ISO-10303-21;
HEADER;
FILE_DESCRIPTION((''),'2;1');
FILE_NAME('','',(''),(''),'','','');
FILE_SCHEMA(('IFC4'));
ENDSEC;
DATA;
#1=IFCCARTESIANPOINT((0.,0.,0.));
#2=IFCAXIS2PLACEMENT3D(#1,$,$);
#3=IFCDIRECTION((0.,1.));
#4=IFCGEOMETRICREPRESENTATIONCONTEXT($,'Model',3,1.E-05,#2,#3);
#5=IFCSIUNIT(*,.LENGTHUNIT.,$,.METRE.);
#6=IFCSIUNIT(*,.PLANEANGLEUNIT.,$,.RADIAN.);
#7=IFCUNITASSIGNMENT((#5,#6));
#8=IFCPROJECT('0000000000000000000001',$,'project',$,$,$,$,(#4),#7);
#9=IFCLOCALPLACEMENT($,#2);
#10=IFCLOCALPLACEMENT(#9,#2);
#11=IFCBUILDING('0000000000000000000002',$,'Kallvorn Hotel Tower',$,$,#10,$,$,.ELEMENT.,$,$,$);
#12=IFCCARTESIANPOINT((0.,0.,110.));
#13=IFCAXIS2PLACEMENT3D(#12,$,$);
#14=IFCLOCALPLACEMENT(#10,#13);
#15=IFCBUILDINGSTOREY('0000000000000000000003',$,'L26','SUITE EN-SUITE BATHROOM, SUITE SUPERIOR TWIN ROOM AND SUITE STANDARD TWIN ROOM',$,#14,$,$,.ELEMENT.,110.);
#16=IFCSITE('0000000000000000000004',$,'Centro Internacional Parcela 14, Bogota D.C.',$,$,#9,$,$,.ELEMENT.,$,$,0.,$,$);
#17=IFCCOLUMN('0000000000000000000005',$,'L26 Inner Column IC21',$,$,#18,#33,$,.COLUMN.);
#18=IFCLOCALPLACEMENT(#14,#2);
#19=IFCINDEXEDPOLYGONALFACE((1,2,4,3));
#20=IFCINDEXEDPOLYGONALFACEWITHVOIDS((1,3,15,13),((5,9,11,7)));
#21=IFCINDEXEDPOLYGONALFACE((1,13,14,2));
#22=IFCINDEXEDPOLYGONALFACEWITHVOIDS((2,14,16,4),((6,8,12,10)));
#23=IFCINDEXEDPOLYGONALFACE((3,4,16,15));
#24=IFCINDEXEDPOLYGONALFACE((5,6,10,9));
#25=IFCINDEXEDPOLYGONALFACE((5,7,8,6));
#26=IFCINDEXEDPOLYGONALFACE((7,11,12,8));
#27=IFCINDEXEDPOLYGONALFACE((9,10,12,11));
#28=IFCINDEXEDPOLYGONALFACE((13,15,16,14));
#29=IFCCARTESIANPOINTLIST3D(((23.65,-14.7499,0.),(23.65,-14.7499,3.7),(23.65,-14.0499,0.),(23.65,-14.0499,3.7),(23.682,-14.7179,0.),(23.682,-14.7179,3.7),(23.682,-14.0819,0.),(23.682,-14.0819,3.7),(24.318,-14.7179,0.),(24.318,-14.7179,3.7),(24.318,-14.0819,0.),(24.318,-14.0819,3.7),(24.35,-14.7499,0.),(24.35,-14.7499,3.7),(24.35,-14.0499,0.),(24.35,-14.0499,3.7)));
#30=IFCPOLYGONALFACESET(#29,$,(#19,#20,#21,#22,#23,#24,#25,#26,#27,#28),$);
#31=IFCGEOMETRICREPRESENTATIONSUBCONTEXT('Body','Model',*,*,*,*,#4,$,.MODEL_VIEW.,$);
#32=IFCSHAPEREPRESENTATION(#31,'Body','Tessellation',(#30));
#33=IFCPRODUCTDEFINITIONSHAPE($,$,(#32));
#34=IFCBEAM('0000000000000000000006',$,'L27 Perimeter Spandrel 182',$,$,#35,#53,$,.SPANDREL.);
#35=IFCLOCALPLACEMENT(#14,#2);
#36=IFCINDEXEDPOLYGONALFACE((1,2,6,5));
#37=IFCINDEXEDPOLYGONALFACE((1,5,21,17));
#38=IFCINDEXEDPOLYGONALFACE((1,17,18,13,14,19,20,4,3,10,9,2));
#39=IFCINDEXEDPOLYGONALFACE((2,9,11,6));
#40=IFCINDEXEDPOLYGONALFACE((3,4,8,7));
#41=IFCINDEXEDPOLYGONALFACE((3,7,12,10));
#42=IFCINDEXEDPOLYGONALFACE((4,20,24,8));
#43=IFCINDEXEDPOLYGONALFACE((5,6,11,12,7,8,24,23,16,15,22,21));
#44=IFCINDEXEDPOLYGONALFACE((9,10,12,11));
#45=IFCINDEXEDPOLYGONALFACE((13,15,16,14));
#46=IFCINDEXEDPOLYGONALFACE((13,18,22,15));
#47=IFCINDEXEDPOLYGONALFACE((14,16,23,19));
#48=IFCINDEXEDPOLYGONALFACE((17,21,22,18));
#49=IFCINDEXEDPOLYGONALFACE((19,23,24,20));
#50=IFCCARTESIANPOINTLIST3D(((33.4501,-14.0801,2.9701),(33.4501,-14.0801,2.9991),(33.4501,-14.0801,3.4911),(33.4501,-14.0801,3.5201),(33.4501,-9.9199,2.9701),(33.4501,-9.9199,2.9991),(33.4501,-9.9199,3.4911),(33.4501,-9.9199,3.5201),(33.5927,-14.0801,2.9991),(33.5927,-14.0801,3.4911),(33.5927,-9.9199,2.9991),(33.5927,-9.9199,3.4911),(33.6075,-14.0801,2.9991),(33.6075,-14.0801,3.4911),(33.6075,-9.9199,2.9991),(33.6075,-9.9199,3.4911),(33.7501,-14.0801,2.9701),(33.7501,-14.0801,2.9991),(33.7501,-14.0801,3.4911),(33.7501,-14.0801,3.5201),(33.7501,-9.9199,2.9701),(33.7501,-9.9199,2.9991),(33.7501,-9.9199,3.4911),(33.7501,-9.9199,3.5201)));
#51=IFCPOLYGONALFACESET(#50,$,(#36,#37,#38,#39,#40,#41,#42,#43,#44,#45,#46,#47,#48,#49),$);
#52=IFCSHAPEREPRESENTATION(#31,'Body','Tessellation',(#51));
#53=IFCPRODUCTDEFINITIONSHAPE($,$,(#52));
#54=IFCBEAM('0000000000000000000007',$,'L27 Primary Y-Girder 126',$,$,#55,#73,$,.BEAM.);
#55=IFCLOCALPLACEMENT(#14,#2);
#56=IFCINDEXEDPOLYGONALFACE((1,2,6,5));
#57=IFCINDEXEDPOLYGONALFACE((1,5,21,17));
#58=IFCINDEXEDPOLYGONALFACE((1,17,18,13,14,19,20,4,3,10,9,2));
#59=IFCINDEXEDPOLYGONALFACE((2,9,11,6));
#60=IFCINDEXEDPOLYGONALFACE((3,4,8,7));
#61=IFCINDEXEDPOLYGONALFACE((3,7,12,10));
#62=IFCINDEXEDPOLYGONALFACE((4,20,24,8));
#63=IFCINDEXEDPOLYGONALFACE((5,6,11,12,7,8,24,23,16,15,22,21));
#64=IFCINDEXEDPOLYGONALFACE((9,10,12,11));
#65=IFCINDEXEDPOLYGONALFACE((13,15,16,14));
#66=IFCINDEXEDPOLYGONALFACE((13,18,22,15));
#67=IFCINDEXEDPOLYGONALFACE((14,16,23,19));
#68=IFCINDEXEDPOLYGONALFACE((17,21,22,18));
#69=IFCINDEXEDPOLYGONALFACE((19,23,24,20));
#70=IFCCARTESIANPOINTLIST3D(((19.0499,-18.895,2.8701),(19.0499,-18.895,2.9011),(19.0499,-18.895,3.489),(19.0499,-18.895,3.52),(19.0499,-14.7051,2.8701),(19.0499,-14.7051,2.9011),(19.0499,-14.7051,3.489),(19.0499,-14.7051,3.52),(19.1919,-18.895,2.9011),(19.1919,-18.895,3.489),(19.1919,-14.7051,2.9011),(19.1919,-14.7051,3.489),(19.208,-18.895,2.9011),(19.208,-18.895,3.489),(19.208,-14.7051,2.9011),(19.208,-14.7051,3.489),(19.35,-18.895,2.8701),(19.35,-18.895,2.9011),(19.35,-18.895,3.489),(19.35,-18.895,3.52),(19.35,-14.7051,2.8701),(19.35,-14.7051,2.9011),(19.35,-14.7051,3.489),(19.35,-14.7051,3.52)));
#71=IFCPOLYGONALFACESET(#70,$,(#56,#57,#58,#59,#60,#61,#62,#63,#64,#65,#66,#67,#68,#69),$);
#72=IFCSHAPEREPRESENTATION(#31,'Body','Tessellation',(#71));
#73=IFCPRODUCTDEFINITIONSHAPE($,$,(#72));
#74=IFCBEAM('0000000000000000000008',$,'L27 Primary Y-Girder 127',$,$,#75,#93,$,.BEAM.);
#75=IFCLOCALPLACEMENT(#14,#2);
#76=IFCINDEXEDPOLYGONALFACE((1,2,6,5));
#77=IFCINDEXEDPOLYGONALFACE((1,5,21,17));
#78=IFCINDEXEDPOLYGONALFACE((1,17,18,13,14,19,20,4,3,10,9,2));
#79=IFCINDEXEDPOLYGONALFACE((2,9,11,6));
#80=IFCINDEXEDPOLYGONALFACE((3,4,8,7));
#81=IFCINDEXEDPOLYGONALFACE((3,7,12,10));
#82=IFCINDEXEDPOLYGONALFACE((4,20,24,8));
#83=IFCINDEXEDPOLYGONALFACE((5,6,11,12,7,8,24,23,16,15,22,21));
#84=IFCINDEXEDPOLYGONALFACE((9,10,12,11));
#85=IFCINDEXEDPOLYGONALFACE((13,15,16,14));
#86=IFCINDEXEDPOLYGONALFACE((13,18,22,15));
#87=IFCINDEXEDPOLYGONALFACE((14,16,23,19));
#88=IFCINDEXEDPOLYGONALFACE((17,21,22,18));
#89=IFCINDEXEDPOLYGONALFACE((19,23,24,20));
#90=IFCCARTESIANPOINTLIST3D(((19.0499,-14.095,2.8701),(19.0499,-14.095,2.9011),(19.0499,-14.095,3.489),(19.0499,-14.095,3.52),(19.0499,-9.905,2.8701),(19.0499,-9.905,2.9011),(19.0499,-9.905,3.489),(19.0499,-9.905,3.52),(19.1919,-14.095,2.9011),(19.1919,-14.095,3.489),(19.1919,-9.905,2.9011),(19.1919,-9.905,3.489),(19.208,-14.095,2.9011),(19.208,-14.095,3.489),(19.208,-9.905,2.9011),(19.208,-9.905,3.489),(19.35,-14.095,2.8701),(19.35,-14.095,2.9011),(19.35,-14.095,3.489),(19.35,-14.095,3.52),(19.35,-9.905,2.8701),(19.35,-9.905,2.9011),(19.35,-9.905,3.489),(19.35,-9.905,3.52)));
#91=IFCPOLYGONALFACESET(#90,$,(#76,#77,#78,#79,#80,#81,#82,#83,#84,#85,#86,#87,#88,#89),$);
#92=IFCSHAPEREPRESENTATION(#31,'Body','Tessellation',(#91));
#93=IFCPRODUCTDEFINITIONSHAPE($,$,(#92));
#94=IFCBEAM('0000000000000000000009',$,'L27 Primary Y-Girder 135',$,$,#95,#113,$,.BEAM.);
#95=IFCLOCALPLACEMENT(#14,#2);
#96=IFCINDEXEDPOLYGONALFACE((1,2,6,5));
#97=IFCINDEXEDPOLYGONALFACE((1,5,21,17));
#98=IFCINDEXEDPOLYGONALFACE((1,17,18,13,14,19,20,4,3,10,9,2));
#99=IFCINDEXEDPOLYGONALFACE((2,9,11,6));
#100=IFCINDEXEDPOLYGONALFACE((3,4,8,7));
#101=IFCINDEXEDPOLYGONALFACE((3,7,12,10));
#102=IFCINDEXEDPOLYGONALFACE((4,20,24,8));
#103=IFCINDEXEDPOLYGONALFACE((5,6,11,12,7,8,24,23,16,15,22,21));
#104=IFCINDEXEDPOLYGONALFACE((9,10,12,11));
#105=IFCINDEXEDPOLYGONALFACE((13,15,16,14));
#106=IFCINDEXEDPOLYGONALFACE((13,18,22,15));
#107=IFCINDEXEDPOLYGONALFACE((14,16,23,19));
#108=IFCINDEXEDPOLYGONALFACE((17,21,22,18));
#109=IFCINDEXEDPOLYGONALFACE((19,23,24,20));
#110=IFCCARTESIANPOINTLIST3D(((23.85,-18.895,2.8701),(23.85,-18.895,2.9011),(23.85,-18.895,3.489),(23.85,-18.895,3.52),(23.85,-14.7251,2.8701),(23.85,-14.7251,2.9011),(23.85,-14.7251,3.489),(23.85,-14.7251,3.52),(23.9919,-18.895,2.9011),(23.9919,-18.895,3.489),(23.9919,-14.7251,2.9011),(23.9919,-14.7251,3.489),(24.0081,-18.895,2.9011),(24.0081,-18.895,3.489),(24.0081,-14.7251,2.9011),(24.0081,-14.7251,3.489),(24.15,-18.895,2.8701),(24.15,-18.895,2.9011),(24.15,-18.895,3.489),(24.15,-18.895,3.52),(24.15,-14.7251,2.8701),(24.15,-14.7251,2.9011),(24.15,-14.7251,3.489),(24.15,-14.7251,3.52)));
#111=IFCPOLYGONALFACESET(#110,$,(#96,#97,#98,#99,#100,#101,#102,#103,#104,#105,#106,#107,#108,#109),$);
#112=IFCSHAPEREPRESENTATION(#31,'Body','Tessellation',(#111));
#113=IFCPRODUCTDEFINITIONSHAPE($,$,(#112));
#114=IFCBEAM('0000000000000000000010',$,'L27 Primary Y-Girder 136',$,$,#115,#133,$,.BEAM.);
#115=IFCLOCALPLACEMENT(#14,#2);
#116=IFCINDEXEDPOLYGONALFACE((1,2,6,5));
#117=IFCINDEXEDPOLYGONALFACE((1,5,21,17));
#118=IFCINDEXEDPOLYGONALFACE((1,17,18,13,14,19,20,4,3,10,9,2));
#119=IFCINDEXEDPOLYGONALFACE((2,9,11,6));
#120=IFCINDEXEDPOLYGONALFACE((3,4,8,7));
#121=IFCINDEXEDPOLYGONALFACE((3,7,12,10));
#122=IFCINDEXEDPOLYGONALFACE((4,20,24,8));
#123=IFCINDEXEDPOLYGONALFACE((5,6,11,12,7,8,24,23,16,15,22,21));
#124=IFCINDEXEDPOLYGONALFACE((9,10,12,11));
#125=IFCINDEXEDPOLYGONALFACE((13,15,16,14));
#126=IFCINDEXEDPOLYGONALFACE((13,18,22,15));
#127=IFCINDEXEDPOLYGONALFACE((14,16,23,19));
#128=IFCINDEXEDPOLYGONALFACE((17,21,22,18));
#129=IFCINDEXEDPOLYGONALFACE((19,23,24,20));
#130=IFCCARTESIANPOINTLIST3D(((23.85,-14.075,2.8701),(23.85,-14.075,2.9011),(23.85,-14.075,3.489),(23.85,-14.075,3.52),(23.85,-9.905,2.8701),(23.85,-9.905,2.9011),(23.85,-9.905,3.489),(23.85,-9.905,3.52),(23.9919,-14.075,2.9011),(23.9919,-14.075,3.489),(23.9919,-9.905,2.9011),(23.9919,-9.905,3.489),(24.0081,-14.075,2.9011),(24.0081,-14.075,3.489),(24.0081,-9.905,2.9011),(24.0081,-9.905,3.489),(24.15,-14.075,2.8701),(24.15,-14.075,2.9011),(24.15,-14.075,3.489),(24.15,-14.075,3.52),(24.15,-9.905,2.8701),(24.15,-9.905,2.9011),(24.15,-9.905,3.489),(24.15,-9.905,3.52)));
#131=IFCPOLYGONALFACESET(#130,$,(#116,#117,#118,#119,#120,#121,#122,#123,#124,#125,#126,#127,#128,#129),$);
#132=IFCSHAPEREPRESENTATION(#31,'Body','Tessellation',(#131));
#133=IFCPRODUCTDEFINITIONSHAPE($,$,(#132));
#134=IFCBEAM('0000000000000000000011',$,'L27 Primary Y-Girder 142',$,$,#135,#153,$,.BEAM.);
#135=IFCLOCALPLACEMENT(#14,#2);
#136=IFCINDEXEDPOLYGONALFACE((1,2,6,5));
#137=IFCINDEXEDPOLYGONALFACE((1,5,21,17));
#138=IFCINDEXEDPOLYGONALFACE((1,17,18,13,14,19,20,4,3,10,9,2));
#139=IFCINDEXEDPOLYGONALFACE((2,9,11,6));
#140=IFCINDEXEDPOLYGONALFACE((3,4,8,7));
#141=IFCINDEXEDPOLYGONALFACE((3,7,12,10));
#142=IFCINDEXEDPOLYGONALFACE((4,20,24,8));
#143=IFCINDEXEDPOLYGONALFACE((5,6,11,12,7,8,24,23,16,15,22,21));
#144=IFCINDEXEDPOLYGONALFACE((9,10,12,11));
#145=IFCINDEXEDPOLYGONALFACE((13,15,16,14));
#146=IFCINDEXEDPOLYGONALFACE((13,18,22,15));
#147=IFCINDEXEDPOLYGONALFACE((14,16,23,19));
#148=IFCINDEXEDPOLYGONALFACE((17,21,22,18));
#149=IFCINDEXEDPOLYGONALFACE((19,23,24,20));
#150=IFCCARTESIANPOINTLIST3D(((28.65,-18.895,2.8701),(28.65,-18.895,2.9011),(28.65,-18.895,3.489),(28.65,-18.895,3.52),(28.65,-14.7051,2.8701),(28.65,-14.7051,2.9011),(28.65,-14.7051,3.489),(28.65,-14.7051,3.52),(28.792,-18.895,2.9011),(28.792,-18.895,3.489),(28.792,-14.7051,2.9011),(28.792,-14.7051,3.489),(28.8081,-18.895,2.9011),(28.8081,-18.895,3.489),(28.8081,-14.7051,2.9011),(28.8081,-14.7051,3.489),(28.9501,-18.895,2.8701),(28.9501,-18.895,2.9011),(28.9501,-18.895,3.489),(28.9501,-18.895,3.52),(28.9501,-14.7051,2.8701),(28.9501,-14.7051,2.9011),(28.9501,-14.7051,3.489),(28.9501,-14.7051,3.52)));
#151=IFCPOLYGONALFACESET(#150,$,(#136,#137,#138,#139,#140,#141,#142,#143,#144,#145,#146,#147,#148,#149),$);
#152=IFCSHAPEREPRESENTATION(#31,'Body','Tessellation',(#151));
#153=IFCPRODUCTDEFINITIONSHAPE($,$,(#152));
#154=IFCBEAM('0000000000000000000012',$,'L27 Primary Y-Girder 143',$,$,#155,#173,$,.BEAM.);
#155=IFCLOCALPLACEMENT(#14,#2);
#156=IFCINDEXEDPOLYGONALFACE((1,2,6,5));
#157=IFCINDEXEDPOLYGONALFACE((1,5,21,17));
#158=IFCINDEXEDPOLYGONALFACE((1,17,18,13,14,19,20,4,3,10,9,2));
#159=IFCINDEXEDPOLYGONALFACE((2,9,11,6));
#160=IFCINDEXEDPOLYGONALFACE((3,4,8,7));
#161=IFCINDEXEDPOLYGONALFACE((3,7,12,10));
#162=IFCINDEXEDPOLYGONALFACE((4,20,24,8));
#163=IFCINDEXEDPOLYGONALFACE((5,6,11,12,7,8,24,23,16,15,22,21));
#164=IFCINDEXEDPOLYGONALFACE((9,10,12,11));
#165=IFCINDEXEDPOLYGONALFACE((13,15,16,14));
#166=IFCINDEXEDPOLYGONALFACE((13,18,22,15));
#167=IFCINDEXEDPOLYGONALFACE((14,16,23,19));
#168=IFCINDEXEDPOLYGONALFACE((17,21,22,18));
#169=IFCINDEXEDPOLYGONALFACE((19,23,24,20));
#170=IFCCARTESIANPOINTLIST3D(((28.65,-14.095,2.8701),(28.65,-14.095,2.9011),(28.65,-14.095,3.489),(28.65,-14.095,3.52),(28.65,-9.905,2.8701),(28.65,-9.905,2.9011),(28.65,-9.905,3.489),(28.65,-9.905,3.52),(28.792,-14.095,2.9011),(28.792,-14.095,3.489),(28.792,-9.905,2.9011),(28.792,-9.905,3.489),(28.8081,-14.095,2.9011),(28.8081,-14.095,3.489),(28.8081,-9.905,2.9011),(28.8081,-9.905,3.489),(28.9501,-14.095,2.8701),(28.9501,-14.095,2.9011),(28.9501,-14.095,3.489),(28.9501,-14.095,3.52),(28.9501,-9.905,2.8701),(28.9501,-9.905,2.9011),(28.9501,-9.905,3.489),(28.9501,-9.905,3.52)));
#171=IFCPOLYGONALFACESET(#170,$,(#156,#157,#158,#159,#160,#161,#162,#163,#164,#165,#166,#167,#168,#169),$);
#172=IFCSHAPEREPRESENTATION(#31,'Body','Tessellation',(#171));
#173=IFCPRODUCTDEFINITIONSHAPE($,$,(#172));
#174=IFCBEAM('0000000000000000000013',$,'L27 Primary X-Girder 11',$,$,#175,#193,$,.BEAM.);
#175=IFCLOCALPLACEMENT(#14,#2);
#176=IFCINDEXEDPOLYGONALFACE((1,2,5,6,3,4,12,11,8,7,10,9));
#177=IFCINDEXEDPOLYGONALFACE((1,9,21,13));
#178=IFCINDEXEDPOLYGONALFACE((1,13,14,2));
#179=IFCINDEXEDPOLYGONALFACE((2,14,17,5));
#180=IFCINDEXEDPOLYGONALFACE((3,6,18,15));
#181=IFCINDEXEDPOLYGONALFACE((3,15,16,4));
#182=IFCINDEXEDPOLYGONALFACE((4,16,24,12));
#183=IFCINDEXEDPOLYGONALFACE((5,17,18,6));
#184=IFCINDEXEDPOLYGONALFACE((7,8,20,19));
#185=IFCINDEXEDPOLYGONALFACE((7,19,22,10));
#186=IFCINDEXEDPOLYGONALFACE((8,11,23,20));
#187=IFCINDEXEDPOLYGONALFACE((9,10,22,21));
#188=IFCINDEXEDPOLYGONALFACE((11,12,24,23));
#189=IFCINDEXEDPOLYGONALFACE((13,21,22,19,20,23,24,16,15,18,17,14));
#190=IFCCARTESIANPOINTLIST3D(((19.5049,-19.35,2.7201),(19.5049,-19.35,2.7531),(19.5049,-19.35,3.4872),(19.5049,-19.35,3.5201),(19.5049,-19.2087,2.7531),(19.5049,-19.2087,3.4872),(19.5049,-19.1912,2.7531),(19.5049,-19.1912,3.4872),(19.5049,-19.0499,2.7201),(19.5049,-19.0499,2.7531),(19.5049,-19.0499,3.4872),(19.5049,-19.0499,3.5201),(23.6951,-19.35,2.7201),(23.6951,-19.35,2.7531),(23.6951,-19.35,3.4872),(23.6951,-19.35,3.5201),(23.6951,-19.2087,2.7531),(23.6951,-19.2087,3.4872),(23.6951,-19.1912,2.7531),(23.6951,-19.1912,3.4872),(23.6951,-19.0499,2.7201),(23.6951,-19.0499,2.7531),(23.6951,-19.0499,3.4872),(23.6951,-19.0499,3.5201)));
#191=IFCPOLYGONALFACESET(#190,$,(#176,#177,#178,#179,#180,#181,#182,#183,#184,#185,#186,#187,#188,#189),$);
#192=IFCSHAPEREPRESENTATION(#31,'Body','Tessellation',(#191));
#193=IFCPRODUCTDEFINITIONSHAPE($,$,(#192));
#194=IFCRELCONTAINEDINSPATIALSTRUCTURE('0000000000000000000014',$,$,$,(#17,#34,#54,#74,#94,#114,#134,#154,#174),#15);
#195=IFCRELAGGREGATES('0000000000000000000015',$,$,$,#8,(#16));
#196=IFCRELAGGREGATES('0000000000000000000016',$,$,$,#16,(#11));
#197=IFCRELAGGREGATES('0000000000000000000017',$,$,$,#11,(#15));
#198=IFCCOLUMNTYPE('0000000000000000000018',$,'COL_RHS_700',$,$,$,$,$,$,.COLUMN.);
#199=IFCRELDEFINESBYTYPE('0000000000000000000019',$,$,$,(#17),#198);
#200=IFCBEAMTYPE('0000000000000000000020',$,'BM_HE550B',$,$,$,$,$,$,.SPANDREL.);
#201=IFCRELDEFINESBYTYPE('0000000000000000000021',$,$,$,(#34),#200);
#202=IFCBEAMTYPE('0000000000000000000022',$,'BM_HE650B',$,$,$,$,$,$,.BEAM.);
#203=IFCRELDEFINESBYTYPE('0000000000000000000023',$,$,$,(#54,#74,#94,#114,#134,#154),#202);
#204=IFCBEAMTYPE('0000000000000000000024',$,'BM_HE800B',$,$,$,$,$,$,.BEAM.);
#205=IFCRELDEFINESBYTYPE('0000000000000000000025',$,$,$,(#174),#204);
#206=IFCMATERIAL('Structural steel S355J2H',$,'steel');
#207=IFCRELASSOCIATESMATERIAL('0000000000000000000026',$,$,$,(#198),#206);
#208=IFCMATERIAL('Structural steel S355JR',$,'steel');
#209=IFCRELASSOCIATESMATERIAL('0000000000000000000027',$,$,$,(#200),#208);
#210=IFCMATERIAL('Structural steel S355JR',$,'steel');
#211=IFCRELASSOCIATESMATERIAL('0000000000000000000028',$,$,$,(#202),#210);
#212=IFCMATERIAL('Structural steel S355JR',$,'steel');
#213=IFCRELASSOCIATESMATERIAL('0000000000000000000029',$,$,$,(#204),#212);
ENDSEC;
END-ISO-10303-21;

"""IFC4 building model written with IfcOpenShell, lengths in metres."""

from ifc_helpers import new_model, si_unit, direction, frame, origin, origin_2d, place, context, subcontext, project, spatial, hollow_rectangle, i_section, extrude, material, material_profile, profile_set, type_object, element, save


model = new_model("IFC4")

# Units and contexts
model_context = context("Model", 3, precision=1e-05, world=origin(), true_north=direction((0.0, 1.0)))
body_context = subcontext(model_context, "Body", "Model", "MODEL_VIEW")
ifc_project = project(units=[si_unit("LENGTHUNIT", "METRE"), si_unit("PLANEANGLEUNIT", "RADIAN")], contexts=[model_context])

# Site, building, storey
site_placement = place(None, origin())
site = spatial("IfcSite", under=ifc_project, at=site_placement, Name="Centro Internacional Parcela 14, Bogota D.C.", CompositionType="ELEMENT", RefElevation=0.0)
building_placement = place(site_placement, origin())
building = spatial("IfcBuilding", under=site, at=building_placement, Name="Kallvorn Hotel Tower", CompositionType="ELEMENT")
storey_placement = place(building_placement, frame((0.0, 0.0, 110.0)))
storey = spatial("IfcBuildingStorey", under=building, at=storey_placement, Name="L26", Description="SUITE EN-SUITE BATHROOM, SUITE SUPERIOR TWIN ROOM AND SUITE STANDARD TWIN ROOM", CompositionType="ELEMENT", Elevation=110.0)

# Column
ifc_material_1 = material(Name="Structural steel S355J2H", Category="steel")
ifc_material_profile_1 = material_profile(ifc_material_1, hollow_rectangle(XDim=0.7, YDim=0.7, WallThickness=0.032, at=origin_2d()), Name="RHS 700x700x32")
ifc_profile_set_1 = profile_set([ifc_material_profile_1], Name="Structural steel S355J2H")
column_type_1 = type_object("IfcColumnType", Name="COL_RHS_700", PredefinedType="COLUMN", material=ifc_profile_set_1)
column_placement = place(storey_placement, frame((24.0, -14.3999, 0.0), z_axis=(0.0, 0.0, 1.0), x_axis=(1.0, 0.0, 0.0)))
element("IfcColumn", 1, at=column_placement, inside=storey, type_object=column_type_1, Name="L26 Inner Column IC21", PredefinedType="COLUMN", context=body_context, shape_type="SweptSolid", body=[
    extrude(hollow_rectangle(XDim=0.7, YDim=0.7, WallThickness=0.032, at=origin_2d()), origin(), (0.0, 0.0, 1.0), 3.7),
])

# Beams
ifc_material_2 = material(Name="Structural steel S355JR", Category="steel")
ifc_material_profile_2 = material_profile(ifc_material_2, i_section(OverallWidth=0.3, OverallDepth=0.55, WebThickness=0.0149, FlangeThickness=0.0291, at=origin_2d()), Name="HE 550 B")
ifc_profile_set_2 = profile_set([ifc_material_profile_2], Name="Structural steel S355JR")
beam_type_1 = type_object("IfcBeamType", Name="BM_HE550B", PredefinedType="SPANDREL", material=ifc_profile_set_2)
beam_1_placement = place(storey_placement, frame((33.6001, -14.0801, 3.2451), z_axis=(0.0, 1.0, 0.0), x_axis=(-1.0, 0.0, 0.0)))
element("IfcBeam", 2, at=beam_1_placement, inside=storey, type_object=beam_type_1, Name="L27 Perimeter Spandrel 182", PredefinedType="SPANDREL", context=body_context, shape_type="SweptSolid", body=[
    extrude(i_section(OverallWidth=0.3, OverallDepth=0.55, WebThickness=0.0149, FlangeThickness=0.0291, at=origin_2d()), origin(), (0.0, 0.0, 1.0), 4.1602),
])
ifc_material_3 = material(Name="Structural steel S355JR", Category="steel")
ifc_material_profile_3 = material_profile(ifc_material_3, i_section(OverallWidth=0.3, OverallDepth=0.6499, WebThickness=0.0161, FlangeThickness=0.031, at=origin_2d()), Name="HE 650 B")
ifc_profile_set_3 = profile_set([ifc_material_profile_3], Name="Structural steel S355JR")
beam_type_2 = type_object("IfcBeamType", Name="BM_HE650B", PredefinedType="BEAM", material=ifc_profile_set_3)
for number, where, z_axis, x_axis, name in (
    (3, (19.2, -18.895, 3.1951), (0.0, 1.0, 0.0), (-1.0, 0.0, 0.0), "L27 Primary Y-Girder 126"),
    (4, (19.2, -14.095, 3.1951), (0.0, 1.0, 0.0), (-1.0, 0.0, 0.0), "L27 Primary Y-Girder 127"),
):
    element("IfcBeam", number, at=place(storey_placement, frame(where, z_axis=z_axis, x_axis=x_axis)), inside=storey, type_object=beam_type_2, Name=name, PredefinedType="BEAM", context=body_context, shape_type="SweptSolid", body=[
        extrude(i_section(OverallWidth=0.3, OverallDepth=0.6499, WebThickness=0.0161, FlangeThickness=0.031, at=origin_2d()), origin(), (0.0, 0.0, 1.0), 4.1899),
    ])
for number, where, z_axis, x_axis, name in (
    (5, (24.0, -18.895, 3.1951), (0.0, 1.0, 0.0), (-1.0, 0.0, 0.0), "L27 Primary Y-Girder 135"),
    (6, (24.0, -14.075, 3.1951), (0.0, 1.0, 0.0), (-1.0, 0.0, 0.0), "L27 Primary Y-Girder 136"),
):
    element("IfcBeam", number, at=place(storey_placement, frame(where, z_axis=z_axis, x_axis=x_axis)), inside=storey, type_object=beam_type_2, Name=name, PredefinedType="BEAM", context=body_context, shape_type="SweptSolid", body=[
        extrude(i_section(OverallWidth=0.3, OverallDepth=0.6499, WebThickness=0.0161, FlangeThickness=0.031, at=origin_2d()), origin(), (0.0, 0.0, 1.0), 4.1699),
    ])
for number, where, z_axis, x_axis, name in (
    (7, (28.8, -18.895, 3.1951), (0.0, 1.0, 0.0), (-1.0, 0.0, 0.0), "L27 Primary Y-Girder 142"),
    (8, (28.8, -14.095, 3.1951), (0.0, 1.0, 0.0), (-1.0, 0.0, 0.0), "L27 Primary Y-Girder 143"),
):
    element("IfcBeam", number, at=place(storey_placement, frame(where, z_axis=z_axis, x_axis=x_axis)), inside=storey, type_object=beam_type_2, Name=name, PredefinedType="BEAM", context=body_context, shape_type="SweptSolid", body=[
        extrude(i_section(OverallWidth=0.3, OverallDepth=0.6499, WebThickness=0.0161, FlangeThickness=0.031, at=origin_2d()), origin(), (0.0, 0.0, 1.0), 4.1899),
    ])
ifc_material_4 = material(Name="Structural steel S355JR", Category="steel")
ifc_material_profile_4 = material_profile(ifc_material_4, i_section(OverallWidth=0.3, OverallDepth=0.8, WebThickness=0.0176, FlangeThickness=0.033, at=origin_2d()), Name="HE 800 B")
ifc_profile_set_4 = profile_set([ifc_material_profile_4], Name="Structural steel S355JR")
beam_type_3 = type_object("IfcBeamType", Name="BM_HE800B", PredefinedType="BEAM", material=ifc_profile_set_4)
for number, where, z_axis, x_axis, name in (
    (9, (19.5049, -19.2, 3.1201), (1.0, 0.0, 0.0), (0.0, 1.0, 0.0), "L27 Primary X-Girder 11"),
):
    element("IfcBeam", number, at=place(storey_placement, frame(where, z_axis=z_axis, x_axis=x_axis)), inside=storey, type_object=beam_type_3, Name=name, PredefinedType="BEAM", context=body_context, shape_type="SweptSolid", body=[
        extrude(i_section(OverallWidth=0.3, OverallDepth=0.8, WebThickness=0.0176, FlangeThickness=0.033, at=origin_2d()), origin(), (0.0, 0.0, 1.0), 4.1902),
    ])

save(model, "model.ifc")
